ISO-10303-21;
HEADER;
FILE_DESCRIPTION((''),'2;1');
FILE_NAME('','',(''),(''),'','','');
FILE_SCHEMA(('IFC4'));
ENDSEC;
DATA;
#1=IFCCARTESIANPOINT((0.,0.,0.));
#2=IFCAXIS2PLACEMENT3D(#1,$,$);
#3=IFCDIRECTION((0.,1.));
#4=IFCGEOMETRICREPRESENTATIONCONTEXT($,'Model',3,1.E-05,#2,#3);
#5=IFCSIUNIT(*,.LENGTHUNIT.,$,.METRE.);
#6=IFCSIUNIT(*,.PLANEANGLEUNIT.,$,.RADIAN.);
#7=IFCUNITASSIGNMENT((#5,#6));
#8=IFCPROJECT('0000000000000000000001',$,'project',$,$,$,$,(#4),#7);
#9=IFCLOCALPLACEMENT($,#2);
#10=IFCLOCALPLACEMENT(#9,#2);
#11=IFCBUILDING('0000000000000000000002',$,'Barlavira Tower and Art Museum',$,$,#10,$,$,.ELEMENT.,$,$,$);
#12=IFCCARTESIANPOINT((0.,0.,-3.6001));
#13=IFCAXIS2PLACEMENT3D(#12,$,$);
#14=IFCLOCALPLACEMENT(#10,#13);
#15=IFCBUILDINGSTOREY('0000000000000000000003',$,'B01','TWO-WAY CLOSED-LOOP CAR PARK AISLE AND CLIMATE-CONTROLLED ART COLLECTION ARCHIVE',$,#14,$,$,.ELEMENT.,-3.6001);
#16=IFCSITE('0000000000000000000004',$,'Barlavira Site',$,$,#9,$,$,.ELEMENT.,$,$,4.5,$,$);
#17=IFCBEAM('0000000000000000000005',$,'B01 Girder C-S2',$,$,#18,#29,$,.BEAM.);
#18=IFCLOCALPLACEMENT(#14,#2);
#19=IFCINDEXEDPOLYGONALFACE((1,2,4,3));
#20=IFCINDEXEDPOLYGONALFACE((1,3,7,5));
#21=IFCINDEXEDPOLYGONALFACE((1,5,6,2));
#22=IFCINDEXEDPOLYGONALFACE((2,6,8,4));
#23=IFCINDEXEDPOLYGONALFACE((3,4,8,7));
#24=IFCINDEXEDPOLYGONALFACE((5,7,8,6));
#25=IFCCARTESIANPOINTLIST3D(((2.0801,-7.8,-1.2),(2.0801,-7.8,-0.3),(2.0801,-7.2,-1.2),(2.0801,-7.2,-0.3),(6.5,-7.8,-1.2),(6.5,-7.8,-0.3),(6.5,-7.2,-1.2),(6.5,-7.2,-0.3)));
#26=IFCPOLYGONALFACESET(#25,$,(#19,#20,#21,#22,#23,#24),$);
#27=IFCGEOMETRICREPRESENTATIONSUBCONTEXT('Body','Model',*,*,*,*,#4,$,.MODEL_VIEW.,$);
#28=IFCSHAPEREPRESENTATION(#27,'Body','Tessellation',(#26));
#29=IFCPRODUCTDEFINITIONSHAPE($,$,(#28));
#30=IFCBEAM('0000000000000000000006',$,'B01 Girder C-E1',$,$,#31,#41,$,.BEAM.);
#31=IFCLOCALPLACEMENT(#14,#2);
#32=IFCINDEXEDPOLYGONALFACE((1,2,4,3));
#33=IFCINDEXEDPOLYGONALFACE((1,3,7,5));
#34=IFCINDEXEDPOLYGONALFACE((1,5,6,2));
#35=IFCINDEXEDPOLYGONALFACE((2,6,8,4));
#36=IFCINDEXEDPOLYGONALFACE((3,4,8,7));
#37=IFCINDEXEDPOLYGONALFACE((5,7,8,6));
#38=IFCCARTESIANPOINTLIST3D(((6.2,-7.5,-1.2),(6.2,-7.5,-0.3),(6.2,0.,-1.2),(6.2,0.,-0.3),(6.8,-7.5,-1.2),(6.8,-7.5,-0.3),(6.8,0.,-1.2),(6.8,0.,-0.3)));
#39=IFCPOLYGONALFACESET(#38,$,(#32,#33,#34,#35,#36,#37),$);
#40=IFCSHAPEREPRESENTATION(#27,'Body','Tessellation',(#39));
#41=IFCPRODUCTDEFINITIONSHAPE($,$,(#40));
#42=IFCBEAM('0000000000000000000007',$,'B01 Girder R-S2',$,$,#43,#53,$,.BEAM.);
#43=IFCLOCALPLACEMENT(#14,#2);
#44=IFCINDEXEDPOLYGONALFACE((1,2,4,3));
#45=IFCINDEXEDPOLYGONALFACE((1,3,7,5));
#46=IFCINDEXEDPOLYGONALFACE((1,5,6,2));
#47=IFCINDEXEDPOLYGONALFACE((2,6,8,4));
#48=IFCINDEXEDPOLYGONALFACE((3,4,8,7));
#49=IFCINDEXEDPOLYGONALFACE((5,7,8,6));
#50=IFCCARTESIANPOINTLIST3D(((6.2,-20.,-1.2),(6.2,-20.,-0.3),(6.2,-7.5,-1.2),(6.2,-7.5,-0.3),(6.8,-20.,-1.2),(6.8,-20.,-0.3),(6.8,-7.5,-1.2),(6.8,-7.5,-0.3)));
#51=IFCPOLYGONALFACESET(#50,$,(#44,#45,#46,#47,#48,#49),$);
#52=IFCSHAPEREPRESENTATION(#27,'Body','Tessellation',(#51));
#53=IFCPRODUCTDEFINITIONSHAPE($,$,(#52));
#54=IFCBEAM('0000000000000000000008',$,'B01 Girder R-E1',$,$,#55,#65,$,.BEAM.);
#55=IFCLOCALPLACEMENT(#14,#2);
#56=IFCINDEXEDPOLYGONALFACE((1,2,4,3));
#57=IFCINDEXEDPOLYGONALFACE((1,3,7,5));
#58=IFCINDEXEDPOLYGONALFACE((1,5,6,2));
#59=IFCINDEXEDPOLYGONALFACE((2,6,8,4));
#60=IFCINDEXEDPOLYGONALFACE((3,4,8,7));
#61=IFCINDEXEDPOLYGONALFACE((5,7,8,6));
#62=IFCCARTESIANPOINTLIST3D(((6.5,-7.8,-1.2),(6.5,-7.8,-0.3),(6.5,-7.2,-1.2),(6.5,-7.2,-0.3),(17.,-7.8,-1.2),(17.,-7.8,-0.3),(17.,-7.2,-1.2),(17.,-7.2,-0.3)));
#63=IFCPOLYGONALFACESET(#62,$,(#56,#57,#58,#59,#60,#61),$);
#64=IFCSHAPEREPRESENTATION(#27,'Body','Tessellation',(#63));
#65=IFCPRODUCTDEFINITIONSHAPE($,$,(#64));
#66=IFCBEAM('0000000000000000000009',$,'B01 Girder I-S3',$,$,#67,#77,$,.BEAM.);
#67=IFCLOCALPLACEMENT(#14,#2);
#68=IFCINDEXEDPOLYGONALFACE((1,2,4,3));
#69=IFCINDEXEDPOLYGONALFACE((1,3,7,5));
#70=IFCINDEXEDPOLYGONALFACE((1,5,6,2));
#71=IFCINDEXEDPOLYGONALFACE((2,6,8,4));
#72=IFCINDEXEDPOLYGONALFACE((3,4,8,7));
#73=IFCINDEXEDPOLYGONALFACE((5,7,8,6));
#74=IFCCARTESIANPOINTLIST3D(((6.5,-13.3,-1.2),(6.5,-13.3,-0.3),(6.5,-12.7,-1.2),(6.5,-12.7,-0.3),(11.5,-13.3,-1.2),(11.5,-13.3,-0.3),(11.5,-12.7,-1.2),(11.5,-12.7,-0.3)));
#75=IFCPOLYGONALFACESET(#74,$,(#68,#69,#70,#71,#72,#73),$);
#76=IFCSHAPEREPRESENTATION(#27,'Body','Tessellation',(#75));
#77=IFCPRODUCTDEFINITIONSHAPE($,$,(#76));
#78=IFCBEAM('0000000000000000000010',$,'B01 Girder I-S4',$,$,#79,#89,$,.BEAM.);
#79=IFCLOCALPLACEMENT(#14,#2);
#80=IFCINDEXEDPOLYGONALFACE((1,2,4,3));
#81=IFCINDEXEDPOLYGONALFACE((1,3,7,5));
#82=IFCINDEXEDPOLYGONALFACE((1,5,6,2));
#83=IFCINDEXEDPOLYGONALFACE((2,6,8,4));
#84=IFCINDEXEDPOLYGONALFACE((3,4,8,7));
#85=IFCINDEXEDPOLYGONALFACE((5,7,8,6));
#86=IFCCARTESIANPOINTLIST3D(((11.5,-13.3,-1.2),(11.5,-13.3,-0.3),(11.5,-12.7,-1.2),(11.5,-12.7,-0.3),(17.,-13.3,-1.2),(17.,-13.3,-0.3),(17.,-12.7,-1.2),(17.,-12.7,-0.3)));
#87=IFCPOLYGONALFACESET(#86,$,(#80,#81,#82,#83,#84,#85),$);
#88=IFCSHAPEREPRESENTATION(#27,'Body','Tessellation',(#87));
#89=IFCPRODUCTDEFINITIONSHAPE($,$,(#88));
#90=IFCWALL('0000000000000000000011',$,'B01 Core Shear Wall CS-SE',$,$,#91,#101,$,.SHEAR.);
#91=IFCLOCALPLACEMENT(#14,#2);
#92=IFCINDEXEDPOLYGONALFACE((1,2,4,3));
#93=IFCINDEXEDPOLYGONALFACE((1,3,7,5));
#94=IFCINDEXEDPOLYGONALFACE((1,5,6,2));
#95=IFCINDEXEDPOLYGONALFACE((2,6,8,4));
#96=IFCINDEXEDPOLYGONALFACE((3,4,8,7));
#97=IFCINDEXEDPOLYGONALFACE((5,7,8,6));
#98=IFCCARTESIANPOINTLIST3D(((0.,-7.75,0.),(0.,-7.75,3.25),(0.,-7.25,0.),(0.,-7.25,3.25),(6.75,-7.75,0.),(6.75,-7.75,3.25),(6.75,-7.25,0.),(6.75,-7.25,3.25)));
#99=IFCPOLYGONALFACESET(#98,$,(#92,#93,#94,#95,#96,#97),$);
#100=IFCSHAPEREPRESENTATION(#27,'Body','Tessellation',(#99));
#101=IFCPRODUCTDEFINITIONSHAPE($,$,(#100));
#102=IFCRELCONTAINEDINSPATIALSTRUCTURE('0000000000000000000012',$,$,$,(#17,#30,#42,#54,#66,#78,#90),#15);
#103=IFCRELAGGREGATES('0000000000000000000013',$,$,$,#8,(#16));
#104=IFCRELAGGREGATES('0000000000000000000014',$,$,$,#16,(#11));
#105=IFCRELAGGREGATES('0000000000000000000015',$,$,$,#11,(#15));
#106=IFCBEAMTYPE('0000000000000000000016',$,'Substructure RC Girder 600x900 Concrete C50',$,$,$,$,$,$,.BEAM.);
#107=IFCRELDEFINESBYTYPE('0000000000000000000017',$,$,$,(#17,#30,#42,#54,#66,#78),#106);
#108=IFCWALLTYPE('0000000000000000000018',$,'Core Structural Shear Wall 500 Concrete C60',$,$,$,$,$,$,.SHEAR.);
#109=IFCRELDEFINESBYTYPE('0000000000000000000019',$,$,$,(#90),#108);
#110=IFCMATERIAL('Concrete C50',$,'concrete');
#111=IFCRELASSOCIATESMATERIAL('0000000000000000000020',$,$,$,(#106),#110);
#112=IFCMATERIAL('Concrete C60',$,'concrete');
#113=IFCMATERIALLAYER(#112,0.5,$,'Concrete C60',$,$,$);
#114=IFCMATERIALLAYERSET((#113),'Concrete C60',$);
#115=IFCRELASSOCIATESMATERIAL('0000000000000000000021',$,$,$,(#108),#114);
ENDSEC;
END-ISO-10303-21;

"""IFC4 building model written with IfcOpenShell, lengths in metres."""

from ifc_helpers import new_model, si_unit, direction, frame, frame_2d, origin, origin_2d, place, context, subcontext, project, spatial, rectangle, extrude, material, layer, layer_set, material_profile, profile_set, type_object, element, save


model = new_model("IFC4")

# Units and contexts
model_context = context("Model", 3, precision=1e-05, world=origin(), true_north=direction((0.0, 1.0)))
body_context = subcontext(model_context, "Body", "Model", "MODEL_VIEW")
ifc_project = project(units=[si_unit("LENGTHUNIT", "METRE"), si_unit("PLANEANGLEUNIT", "RADIAN")], contexts=[model_context])

# Site, building, storey
site_placement = place(None, origin())
site = spatial("IfcSite", under=ifc_project, at=site_placement, Name="Barlavira Site", CompositionType="ELEMENT", RefElevation=4.5)
building_placement = place(site_placement, origin())
building = spatial("IfcBuilding", under=site, at=building_placement, Name="Barlavira Tower and Art Museum", CompositionType="ELEMENT")
storey_placement = place(building_placement, frame((0.0, 0.0, -3.6001)))
storey = spatial("IfcBuildingStorey", under=building, at=storey_placement, Name="B01", Description="TWO-WAY CLOSED-LOOP CAR PARK AISLE AND CLIMATE-CONTROLLED ART COLLECTION ARCHIVE", CompositionType="ELEMENT", Elevation=-3.6001)

# Shared definitions
ifc_material_1 = material(Name="Concrete C60", Category="concrete")
ifc_material_2 = material(Name="Concrete C50", Category="concrete")

# Beams
ifc_material_profile_1 = material_profile(ifc_material_2, rectangle(XDim=0.6001, YDim=0.8999, at=origin_2d()), Name="RC-BM 600x900")
ifc_profile_set_1 = profile_set([ifc_material_profile_1], Name="Concrete C50")
beam_type_1 = type_object("IfcBeamType", Name="Substructure RC Girder 600x900 Concrete C50", PredefinedType="BEAM", material=ifc_profile_set_1)
beam_1_placement = place(storey_placement, frame((2.0801, -7.5, -0.75), z_axis=(1.0, 0.0, 0.0), x_axis=(0.0, 1.0, 0.0)))
element("IfcBeam", 1, at=beam_1_placement, inside=storey, type_object=beam_type_1, Name="B01 Girder C-S2", PredefinedType="BEAM", context=body_context, shape_type="SweptSolid", body=[
    extrude(rectangle(XDim=0.6001, YDim=0.8999, at=origin_2d()), origin(), (0.0, 0.0, 1.0), 4.4199),
])
beam_2_placement = place(storey_placement, frame((6.5, -7.5, -0.75), z_axis=(0.0, 1.0, 0.0), x_axis=(-1.0, 0.0, 0.0)))
element("IfcBeam", 2, at=beam_2_placement, inside=storey, type_object=beam_type_1, Name="B01 Girder C-E1", PredefinedType="BEAM", context=body_context, shape_type="SweptSolid", body=[
    extrude(rectangle(XDim=0.6001, YDim=0.8999, at=origin_2d()), origin(), (0.0, 0.0, 1.0), 7.5),
])
beam_3_placement = place(storey_placement, frame((6.5, -20.0, -0.75), z_axis=(0.0, 1.0, 0.0), x_axis=(-1.0, 0.0, 0.0)))
element("IfcBeam", 3, at=beam_3_placement, inside=storey, type_object=beam_type_1, Name="B01 Girder R-S2", PredefinedType="BEAM", context=body_context, shape_type="SweptSolid", body=[
    extrude(rectangle(XDim=0.6001, YDim=0.8999, at=origin_2d()), origin(), (0.0, 0.0, 1.0), 12.5),
])
beam_4_placement = place(storey_placement, frame((6.5, -7.5, -0.75), z_axis=(1.0, 0.0, 0.0), x_axis=(0.0, 1.0, 0.0)))
element("IfcBeam", 4, at=beam_4_placement, inside=storey, type_object=beam_type_1, Name="B01 Girder R-E1", PredefinedType="BEAM", context=body_context, shape_type="SweptSolid", body=[
    extrude(rectangle(XDim=0.6001, YDim=0.8999, at=origin_2d()), origin(), (0.0, 0.0, 1.0), 10.5),
])
beam_5_placement = place(storey_placement, frame((6.5, -13.0, -0.75), z_axis=(1.0, 0.0, 0.0), x_axis=(0.0, 1.0, 0.0)))
element("IfcBeam", 5, at=beam_5_placement, inside=storey, type_object=beam_type_1, Name="B01 Girder I-S3", PredefinedType="BEAM", context=body_context, shape_type="SweptSolid", body=[
    extrude(rectangle(XDim=0.6001, YDim=0.8999, at=origin_2d()), origin(), (0.0, 0.0, 1.0), 5.0),
])
beam_6_placement = place(storey_placement, frame((11.5, -13.0, -0.75), z_axis=(1.0, 0.0, 0.0), x_axis=(0.0, 1.0, 0.0)))
element("IfcBeam", 6, at=beam_6_placement, inside=storey, type_object=beam_type_1, Name="B01 Girder I-S4", PredefinedType="BEAM", context=body_context, shape_type="SweptSolid", body=[
    extrude(rectangle(XDim=0.6001, YDim=0.8999, at=origin_2d()), origin(), (0.0, 0.0, 1.0), 5.5),
])

# Wall
ifc_layer = layer(ifc_material_1, 0.5, Name="Concrete C60")
ifc_layer_set = layer_set([ifc_layer], Name="Concrete C60")
wall_type = type_object("IfcWallType", Name="Core Structural Shear Wall 500 Concrete C60", PredefinedType="SHEAR", material=ifc_layer_set)
wall_placement = place(storey_placement, frame((0.0, -7.5, 0.0), z_axis=(0.0, 0.0, 1.0), x_axis=(1.0, 0.0, 0.0)))
element("IfcWall", 7, at=wall_placement, inside=storey, type_object=wall_type, Name="B01 Core Shear Wall CS-SE", PredefinedType="SHEAR", context=body_context, shape_type="SweptSolid", body=[
    extrude(rectangle(XDim=6.75, YDim=0.5, at=frame_2d((3.375, 0.0))), origin(), (0.0, 0.0, 1.0), 3.25),
])

save(model, "model.ifc")
